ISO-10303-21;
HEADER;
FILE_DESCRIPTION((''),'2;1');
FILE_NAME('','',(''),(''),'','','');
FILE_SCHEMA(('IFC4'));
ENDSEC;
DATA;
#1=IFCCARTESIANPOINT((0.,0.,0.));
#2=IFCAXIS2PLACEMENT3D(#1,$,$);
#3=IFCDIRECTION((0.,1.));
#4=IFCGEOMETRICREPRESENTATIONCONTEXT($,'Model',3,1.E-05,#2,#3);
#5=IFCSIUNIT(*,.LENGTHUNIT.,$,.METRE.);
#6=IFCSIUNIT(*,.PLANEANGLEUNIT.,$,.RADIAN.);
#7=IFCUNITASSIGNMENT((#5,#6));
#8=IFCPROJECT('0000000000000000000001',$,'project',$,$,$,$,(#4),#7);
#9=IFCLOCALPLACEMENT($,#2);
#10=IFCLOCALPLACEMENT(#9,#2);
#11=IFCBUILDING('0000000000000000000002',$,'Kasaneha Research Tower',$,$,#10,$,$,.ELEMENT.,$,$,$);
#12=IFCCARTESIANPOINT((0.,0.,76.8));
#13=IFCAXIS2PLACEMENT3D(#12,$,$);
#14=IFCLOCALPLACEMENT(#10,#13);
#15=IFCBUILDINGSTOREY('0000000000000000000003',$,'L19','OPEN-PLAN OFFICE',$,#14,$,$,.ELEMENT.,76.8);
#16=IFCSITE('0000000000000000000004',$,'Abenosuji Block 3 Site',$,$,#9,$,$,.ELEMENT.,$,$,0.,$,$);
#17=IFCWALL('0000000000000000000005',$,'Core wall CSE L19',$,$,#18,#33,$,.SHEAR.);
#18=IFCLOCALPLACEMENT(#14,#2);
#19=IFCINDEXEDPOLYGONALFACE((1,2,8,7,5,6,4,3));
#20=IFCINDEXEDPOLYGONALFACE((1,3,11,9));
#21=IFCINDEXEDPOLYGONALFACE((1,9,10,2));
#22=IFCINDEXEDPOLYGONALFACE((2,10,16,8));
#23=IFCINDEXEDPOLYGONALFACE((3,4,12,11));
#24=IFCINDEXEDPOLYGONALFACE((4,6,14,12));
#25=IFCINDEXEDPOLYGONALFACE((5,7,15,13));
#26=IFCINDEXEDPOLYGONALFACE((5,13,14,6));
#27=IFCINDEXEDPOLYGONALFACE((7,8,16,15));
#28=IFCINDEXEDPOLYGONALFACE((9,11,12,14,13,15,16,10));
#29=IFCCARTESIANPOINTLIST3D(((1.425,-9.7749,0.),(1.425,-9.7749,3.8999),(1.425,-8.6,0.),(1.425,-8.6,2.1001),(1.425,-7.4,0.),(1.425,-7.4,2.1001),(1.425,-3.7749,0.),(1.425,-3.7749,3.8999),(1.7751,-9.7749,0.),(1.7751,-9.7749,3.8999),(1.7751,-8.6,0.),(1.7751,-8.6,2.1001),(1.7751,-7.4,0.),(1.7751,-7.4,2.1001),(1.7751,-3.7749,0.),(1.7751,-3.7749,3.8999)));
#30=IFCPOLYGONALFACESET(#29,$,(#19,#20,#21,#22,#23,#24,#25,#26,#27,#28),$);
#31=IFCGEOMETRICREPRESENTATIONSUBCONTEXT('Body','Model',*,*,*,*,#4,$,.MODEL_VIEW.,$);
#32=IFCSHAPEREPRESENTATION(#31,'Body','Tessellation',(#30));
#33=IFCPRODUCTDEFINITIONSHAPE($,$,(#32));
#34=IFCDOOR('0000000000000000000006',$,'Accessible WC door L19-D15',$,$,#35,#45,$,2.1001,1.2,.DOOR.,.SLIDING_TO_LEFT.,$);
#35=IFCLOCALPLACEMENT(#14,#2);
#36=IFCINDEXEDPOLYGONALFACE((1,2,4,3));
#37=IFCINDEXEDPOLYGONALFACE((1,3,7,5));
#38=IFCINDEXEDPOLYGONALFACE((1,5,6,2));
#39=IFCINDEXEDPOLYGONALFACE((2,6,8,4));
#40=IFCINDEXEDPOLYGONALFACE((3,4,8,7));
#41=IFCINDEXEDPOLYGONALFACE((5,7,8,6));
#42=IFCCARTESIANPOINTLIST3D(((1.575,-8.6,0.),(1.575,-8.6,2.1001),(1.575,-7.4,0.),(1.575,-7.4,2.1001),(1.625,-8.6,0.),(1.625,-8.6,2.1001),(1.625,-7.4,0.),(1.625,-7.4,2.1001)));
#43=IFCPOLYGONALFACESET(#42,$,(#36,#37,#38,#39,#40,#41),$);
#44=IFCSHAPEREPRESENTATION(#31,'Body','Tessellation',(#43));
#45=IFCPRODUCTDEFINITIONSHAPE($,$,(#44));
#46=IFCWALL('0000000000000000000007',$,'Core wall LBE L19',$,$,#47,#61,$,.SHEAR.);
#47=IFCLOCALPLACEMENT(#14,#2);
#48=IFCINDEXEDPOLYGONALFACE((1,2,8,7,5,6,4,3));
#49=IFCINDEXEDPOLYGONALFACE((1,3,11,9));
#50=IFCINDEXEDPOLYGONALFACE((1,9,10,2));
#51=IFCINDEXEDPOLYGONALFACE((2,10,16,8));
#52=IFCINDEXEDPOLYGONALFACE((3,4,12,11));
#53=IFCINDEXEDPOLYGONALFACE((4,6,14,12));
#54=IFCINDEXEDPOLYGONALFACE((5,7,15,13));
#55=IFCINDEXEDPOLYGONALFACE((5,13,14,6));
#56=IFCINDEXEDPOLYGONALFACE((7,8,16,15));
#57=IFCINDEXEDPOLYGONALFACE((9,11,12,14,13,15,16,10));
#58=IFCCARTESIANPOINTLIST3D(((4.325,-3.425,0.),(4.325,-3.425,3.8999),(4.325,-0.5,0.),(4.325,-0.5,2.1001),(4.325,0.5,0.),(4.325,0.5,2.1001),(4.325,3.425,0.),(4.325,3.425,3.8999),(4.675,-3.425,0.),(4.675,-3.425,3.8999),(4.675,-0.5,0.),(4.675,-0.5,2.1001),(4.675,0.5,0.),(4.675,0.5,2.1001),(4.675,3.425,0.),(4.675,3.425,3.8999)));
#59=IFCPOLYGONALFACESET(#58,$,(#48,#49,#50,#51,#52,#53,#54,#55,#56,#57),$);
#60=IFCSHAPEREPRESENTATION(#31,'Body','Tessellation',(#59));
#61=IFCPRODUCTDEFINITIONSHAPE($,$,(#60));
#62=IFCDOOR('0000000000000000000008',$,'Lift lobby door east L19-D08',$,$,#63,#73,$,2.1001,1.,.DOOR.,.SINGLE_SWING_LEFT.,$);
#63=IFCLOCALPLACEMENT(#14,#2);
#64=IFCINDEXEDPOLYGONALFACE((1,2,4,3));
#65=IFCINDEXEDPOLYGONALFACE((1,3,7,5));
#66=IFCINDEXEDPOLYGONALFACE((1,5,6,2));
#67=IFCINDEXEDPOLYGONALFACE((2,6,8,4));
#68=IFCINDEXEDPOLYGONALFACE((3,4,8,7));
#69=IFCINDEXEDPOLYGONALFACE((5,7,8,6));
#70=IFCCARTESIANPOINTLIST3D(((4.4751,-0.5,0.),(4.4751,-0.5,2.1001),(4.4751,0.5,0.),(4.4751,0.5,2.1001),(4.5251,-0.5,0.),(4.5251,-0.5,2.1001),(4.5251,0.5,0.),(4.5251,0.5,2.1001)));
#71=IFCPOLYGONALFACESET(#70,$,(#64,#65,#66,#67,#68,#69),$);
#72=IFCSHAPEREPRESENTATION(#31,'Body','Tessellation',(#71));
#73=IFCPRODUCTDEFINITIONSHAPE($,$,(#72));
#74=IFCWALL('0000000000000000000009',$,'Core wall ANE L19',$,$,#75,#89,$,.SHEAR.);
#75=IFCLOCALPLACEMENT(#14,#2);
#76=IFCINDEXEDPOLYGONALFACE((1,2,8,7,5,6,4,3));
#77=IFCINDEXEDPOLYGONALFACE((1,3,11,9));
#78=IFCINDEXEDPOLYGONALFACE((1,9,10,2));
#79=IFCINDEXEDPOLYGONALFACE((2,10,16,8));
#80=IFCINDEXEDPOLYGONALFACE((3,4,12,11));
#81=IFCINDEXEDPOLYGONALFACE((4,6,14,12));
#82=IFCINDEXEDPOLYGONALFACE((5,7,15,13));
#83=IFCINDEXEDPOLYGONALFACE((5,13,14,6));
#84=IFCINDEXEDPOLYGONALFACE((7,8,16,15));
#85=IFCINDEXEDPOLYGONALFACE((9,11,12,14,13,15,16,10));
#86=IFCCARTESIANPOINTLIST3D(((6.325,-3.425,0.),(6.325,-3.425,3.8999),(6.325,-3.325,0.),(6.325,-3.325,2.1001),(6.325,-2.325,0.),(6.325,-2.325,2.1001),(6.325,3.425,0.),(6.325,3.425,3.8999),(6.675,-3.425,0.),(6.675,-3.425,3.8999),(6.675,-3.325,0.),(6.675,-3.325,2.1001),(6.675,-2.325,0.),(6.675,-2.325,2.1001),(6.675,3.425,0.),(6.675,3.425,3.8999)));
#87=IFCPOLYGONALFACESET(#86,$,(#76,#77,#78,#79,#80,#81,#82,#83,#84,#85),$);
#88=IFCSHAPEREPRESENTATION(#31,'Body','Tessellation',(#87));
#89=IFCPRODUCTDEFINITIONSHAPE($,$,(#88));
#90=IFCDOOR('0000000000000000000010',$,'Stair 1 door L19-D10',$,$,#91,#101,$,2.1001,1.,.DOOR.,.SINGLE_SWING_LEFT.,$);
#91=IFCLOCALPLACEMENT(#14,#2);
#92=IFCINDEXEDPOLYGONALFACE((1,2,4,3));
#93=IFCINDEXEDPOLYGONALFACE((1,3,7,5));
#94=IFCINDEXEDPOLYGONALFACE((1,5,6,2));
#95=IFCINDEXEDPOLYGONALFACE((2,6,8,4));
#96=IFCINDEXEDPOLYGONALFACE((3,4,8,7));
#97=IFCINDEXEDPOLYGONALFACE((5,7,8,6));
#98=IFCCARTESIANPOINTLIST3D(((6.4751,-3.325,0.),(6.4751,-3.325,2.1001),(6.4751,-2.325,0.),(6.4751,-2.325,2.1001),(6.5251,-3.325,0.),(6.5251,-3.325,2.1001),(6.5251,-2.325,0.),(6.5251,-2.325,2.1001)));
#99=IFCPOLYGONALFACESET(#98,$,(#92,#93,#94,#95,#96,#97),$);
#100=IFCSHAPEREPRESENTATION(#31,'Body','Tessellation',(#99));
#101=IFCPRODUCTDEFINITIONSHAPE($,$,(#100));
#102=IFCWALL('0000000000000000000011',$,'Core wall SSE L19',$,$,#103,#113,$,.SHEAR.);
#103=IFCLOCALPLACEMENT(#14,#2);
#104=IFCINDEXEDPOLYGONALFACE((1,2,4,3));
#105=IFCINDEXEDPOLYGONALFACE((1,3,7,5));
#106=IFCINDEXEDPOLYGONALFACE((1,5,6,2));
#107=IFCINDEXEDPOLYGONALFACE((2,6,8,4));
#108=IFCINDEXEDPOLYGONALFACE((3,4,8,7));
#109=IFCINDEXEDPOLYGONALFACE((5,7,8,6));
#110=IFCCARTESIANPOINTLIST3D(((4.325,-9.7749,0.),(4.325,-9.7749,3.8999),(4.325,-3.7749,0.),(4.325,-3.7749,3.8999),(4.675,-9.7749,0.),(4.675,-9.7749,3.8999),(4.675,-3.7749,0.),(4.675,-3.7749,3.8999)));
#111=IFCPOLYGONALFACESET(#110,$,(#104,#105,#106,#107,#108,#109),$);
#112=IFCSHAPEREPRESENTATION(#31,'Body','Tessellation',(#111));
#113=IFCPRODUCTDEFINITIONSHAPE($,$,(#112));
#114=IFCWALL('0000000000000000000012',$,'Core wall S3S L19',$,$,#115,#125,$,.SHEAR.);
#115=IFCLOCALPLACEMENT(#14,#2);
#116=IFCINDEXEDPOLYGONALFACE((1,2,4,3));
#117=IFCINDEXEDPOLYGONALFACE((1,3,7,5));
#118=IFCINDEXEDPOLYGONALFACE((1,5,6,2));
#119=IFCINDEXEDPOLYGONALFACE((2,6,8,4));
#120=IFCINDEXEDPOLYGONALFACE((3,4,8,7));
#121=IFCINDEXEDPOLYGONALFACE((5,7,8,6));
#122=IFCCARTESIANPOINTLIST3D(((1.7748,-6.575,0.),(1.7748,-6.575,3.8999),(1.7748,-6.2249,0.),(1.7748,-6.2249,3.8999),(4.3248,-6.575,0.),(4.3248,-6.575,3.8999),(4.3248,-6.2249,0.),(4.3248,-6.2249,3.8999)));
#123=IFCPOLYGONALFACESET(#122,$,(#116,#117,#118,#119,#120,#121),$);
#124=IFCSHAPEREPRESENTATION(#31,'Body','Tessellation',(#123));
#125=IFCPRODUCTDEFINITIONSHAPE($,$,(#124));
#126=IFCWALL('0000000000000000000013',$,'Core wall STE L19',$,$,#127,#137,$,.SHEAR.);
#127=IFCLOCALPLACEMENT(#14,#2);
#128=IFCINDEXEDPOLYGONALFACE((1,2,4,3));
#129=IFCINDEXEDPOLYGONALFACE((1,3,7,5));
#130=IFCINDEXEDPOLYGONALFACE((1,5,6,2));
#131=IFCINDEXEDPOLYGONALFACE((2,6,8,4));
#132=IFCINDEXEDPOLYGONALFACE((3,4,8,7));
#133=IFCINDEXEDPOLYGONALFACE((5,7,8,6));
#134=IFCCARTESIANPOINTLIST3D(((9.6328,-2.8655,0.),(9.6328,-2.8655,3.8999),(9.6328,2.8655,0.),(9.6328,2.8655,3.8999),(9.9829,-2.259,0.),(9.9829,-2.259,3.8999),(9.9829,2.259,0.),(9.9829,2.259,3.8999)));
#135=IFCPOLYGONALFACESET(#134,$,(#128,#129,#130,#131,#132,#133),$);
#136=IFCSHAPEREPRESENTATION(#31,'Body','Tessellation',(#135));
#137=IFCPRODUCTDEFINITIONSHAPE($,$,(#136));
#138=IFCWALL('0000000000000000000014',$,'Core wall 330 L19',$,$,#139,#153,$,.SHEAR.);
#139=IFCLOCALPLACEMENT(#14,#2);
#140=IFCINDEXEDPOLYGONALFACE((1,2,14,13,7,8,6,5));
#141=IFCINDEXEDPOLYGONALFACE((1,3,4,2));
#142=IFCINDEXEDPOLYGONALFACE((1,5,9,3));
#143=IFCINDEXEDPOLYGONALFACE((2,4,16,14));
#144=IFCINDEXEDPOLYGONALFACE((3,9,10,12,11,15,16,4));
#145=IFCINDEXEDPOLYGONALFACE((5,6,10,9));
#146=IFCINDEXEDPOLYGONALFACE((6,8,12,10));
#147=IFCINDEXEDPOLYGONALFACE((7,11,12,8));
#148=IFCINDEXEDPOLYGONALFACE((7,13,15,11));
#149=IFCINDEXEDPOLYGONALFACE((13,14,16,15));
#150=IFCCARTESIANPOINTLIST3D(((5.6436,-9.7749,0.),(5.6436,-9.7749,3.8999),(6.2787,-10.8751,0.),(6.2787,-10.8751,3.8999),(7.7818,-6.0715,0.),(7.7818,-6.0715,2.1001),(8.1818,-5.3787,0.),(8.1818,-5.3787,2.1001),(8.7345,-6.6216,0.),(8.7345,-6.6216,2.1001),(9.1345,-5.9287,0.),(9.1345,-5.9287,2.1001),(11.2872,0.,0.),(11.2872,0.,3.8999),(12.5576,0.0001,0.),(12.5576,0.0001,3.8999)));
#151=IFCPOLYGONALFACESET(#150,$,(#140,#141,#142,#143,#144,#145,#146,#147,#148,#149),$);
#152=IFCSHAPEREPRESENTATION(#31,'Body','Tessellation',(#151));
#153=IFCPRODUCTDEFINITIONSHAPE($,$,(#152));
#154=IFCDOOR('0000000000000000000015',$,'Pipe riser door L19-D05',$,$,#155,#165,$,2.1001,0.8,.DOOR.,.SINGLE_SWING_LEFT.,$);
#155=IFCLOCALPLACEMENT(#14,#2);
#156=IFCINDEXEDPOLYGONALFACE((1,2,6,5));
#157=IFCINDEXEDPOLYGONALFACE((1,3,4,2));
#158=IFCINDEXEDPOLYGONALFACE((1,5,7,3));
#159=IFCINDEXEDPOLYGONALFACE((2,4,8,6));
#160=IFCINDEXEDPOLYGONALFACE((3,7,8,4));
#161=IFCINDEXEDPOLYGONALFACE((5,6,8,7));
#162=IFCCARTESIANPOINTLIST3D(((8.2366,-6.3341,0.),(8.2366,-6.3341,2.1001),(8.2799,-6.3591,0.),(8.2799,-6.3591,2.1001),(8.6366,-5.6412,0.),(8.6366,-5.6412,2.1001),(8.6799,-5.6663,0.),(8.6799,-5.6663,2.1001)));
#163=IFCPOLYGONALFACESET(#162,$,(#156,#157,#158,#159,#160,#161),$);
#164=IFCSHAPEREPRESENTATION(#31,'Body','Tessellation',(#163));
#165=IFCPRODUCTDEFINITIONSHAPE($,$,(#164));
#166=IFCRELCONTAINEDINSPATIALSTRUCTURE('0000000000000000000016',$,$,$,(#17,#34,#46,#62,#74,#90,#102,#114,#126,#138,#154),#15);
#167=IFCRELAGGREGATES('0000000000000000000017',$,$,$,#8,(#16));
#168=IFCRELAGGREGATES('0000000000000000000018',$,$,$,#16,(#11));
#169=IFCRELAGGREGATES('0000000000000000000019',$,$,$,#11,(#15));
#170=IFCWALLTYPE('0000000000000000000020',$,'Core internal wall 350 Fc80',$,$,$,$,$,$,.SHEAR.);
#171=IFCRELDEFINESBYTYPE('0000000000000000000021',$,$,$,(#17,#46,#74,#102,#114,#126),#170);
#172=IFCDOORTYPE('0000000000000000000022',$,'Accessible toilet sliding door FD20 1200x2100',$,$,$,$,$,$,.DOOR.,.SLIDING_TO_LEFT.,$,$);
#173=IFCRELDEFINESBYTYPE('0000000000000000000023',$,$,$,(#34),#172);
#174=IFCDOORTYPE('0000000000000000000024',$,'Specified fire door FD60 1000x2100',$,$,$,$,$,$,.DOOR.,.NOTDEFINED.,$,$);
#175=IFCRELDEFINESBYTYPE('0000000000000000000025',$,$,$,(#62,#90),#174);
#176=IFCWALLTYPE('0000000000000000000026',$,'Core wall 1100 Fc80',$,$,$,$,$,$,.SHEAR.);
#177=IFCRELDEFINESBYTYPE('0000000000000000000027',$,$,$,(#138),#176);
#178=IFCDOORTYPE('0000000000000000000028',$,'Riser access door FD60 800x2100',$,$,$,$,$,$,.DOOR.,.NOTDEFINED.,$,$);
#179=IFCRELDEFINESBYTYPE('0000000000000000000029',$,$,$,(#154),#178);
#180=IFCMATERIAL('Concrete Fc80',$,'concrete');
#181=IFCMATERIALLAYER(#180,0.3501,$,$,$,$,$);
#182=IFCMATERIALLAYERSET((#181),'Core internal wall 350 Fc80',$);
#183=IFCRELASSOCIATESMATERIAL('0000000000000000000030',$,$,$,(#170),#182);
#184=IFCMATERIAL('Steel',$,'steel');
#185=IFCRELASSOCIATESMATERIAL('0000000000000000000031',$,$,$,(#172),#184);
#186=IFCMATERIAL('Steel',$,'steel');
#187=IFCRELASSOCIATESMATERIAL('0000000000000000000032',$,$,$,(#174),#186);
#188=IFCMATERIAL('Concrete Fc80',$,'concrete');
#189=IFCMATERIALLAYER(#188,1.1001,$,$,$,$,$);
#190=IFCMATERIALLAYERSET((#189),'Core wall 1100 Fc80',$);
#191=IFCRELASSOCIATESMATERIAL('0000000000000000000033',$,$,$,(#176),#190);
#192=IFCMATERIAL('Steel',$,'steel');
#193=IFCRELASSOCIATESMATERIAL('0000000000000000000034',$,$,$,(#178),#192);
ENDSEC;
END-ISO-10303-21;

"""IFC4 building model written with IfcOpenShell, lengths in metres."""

from ifc_helpers import new_model, si_unit, direction, frame, frame_2d, origin, place, context, subcontext, project, spatial, polyline, rectangle, outline, extrude, material, layer, layer_set, type_object, element, fill, save


model = new_model("IFC4")

# Units and contexts
model_context = context("Model", 3, precision=1e-05, world=origin(), true_north=direction((0.0, 1.0)))
body_context = subcontext(model_context, "Body", "Model", "MODEL_VIEW")
ifc_project = project(units=[si_unit("LENGTHUNIT", "METRE"), si_unit("PLANEANGLEUNIT", "RADIAN")], contexts=[model_context])

# Site, building, storey
site_placement = place(None, origin())
site = spatial("IfcSite", under=ifc_project, at=site_placement, Name="Abenosuji Block 3 Site", CompositionType="ELEMENT", RefElevation=0.0)
building_placement = place(site_placement, origin())
building = spatial("IfcBuilding", under=site, at=building_placement, Name="Kasaneha Research Tower", CompositionType="ELEMENT")
storey_placement = place(building_placement, frame((0.0, 0.0, 76.8)))
storey = spatial("IfcBuildingStorey", under=building, at=storey_placement, Name="L19", Description="OPEN-PLAN OFFICE", CompositionType="ELEMENT", Elevation=76.8)

# Walls, openings, doors
ifc_material_1 = material(Name="Concrete Fc80", Category="concrete")
ifc_layer_1 = layer(ifc_material_1, 0.3501)
ifc_layer_set_1 = layer_set([ifc_layer_1], Name="Core internal wall 350 Fc80")
wall_type_1 = type_object("IfcWallType", Name="Core internal wall 350 Fc80", PredefinedType="SHEAR", material=ifc_layer_set_1)
wall_1_placement = place(storey_placement, frame((1.6001, -3.7749, 0.0), z_axis=(0.0, 0.0, 1.0), x_axis=(0.0, -1.0, 0.0)))
wall_1 = element("IfcWall", 1, at=wall_1_placement, inside=storey, type_object=wall_type_1, Name="Core wall CSE L19", PredefinedType="SHEAR", context=body_context, shape_type="SweptSolid", body=[
    extrude(rectangle(XDim=6.0, YDim=0.3501, at=frame_2d((3.0, 0.0))), origin(), (0.0, 0.0, 1.0), 3.8999),
])
opening_1_placement = place(wall_1_placement, frame((3.625, 0.0, 0.0)))
opening_1 = element("IfcOpeningElement", 2, at=opening_1_placement, cuts=wall_1, PredefinedType="OPENING", context=body_context, shape_type="SweptSolid", body=[
    extrude(rectangle(XDim=1.2, YDim=2.1001, at=frame_2d((0.6001, 1.05))), frame((0.0, 0.1851, 0.0), z_axis=(0.0, -1.0, 0.0), x_axis=(1.0, 0.0, 0.0)), (0.0, 0.0, 1.0), 0.3701),
])
ifc_material_2 = material(Name="Steel", Category="steel")
door_type_1 = type_object("IfcDoorType", Name="Accessible toilet sliding door FD20 1200x2100", OperationType="SLIDING_TO_LEFT", PredefinedType="DOOR", material=ifc_material_2)
door_1_placement = place(opening_1_placement, origin())
door_1 = element("IfcDoor", 3, at=door_1_placement, inside=storey, type_object=door_type_1, Name="Accessible WC door L19-D15", OperationType="SLIDING_TO_LEFT", OverallHeight=2.1001, OverallWidth=1.2, PredefinedType="DOOR", context=body_context, shape_type="SweptSolid", body=[
    extrude(rectangle(XDim=1.2, YDim=2.1001, at=frame_2d((0.6001, 1.05))), frame((0.0, 0.0249, 0.0), z_axis=(0.0, -1.0, 0.0), x_axis=(1.0, 0.0, 0.0)), (0.0, 0.0, 1.0), 0.05),
])
fill(opening_1, door_1)
wall_2_placement = place(storey_placement, frame((4.5, -3.425, 0.0), z_axis=(0.0, 0.0, 1.0), x_axis=(0.0, 1.0, 0.0)))
wall_2 = element("IfcWall", 4, at=wall_2_placement, inside=storey, type_object=wall_type_1, Name="Core wall LBE L19", PredefinedType="SHEAR", context=body_context, shape_type="SweptSolid", body=[
    extrude(rectangle(XDim=6.8501, YDim=0.3501, at=frame_2d((3.425, 0.0))), origin(), (0.0, 0.0, 1.0), 3.8999),
])
opening_2_placement = place(wall_2_placement, frame((2.925, 0.0, 0.0)))
opening_2 = element("IfcOpeningElement", 5, at=opening_2_placement, cuts=wall_2, PredefinedType="OPENING", context=body_context, shape_type="SweptSolid", body=[
    extrude(rectangle(XDim=1.0, YDim=2.1001, at=frame_2d((0.5, 1.05))), frame((0.0, 0.1851, 0.0), z_axis=(0.0, -1.0, 0.0), x_axis=(1.0, 0.0, 0.0)), (0.0, 0.0, 1.0), 0.3701),
])
ifc_material_3 = material(Name="Steel", Category="steel")
door_type_2 = type_object("IfcDoorType", Name="Specified fire door FD60 1000x2100", OperationType="NOTDEFINED", PredefinedType="DOOR", material=ifc_material_3)
door_2_placement = place(opening_2_placement, origin())
door_2 = element("IfcDoor", 6, at=door_2_placement, inside=storey, type_object=door_type_2, Name="Lift lobby door east L19-D08", OperationType="SINGLE_SWING_LEFT", OverallHeight=2.1001, OverallWidth=1.0, PredefinedType="DOOR", context=body_context, shape_type="SweptSolid", body=[
    extrude(rectangle(XDim=1.0, YDim=2.1001, at=frame_2d((0.5, 1.05))), frame((0.0, 0.0249, 0.0), z_axis=(0.0, -1.0, 0.0), x_axis=(1.0, 0.0, 0.0)), (0.0, 0.0, 1.0), 0.05),
])
fill(opening_2, door_2)
wall_3_placement = place(storey_placement, frame((6.5, -3.425, 0.0), z_axis=(0.0, 0.0, 1.0), x_axis=(0.0, 1.0, 0.0)))
wall_3 = element("IfcWall", 7, at=wall_3_placement, inside=storey, type_object=wall_type_1, Name="Core wall ANE L19", PredefinedType="SHEAR", context=body_context, shape_type="SweptSolid", body=[
    extrude(rectangle(XDim=6.8501, YDim=0.3501, at=frame_2d((3.425, 0.0))), origin(), (0.0, 0.0, 1.0), 3.8999),
])
opening_3_placement = place(wall_3_placement, frame((0.1001, 0.0, 0.0)))
opening_3 = element("IfcOpeningElement", 8, at=opening_3_placement, cuts=wall_3, PredefinedType="OPENING", context=body_context, shape_type="SweptSolid", body=[
    extrude(rectangle(XDim=1.0, YDim=2.1001, at=frame_2d((0.5, 1.05))), frame((0.0, 0.1851, 0.0), z_axis=(0.0, -1.0, 0.0), x_axis=(1.0, 0.0, 0.0)), (0.0, 0.0, 1.0), 0.3701),
])
door_3_placement = place(opening_3_placement, origin())
door_3 = element("IfcDoor", 9, at=door_3_placement, inside=storey, type_object=door_type_2, Name="Stair 1 door L19-D10", OperationType="SINGLE_SWING_LEFT", OverallHeight=2.1001, OverallWidth=1.0, PredefinedType="DOOR", context=body_context, shape_type="SweptSolid", body=[
    extrude(rectangle(XDim=1.0, YDim=2.1001, at=frame_2d((0.5, 1.05))), frame((0.0, 0.0249, 0.0), z_axis=(0.0, -1.0, 0.0), x_axis=(1.0, 0.0, 0.0)), (0.0, 0.0, 1.0), 0.05),
])
fill(opening_3, door_3)

# Walls
wall_4_placement = place(storey_placement, frame((4.5, -3.7749, 0.0), z_axis=(0.0, 0.0, 1.0), x_axis=(0.0, -1.0, 0.0)))
element("IfcWall", 10, at=wall_4_placement, inside=storey, type_object=wall_type_1, Name="Core wall SSE L19", PredefinedType="SHEAR", context=body_context, shape_type="SweptSolid", body=[
    extrude(rectangle(XDim=6.0, YDim=0.3501, at=frame_2d((3.0, 0.0))), origin(), (0.0, 0.0, 1.0), 3.8999),
])
wall_5_placement = place(storey_placement, frame((1.7749, -6.3999, 0.0), z_axis=(0.0, 0.0, 1.0), x_axis=(1.0, 0.0, 0.0)))
element("IfcWall", 11, at=wall_5_placement, inside=storey, type_object=wall_type_1, Name="Core wall S3S L19", PredefinedType="SHEAR", context=body_context, shape_type="SweptSolid", body=[
    extrude(rectangle(XDim=2.55, YDim=0.3501, at=frame_2d((1.2749, 0.0))), origin(), (0.0, 0.0, 1.0), 3.8999),
])
wall_6_placement = place(storey_placement, frame((9.8079, -2.5623, 0.0), z_axis=(0.0, 0.0, 1.0), x_axis=(0.0, 1.0, 0.0)))
element("IfcWall", 12, at=wall_6_placement, inside=storey, type_object=wall_type_1, Name="Core wall STE L19", PredefinedType="SHEAR", context=body_context, shape_type="SweptSolid", body=[
    extrude(outline(polyline([(0.3032, -0.175), (4.8213, -0.175), (5.4277, 0.175), (-0.3032, 0.175), (0.3032, -0.175)])), origin(), (0.0, 0.0, 1.0), 3.8999),
])

# Wall, opening, door
ifc_material_4 = material(Name="Concrete Fc80", Category="concrete")
ifc_layer_2 = layer(ifc_material_4, 1.1001)
ifc_layer_set_2 = layer_set([ifc_layer_2], Name="Core wall 1100 Fc80")
wall_type_2 = type_object("IfcWallType", Name="Core wall 1100 Fc80", PredefinedType="SHEAR", material=ifc_layer_set_2)
wall_7_placement = place(storey_placement, frame((5.9612, -10.325, 0.0), z_axis=(0.0, 0.0, 1.0), x_axis=(0.500004, 0.866023, 0.0)))
wall_7 = element("IfcWall", 13, at=wall_7_placement, inside=storey, type_object=wall_type_2, Name="Core wall 330 L19", PredefinedType="SHEAR", context=body_context, shape_type="SweptSolid", body=[
    extrude(outline(polyline([(-0.3176, -0.55), (4.594, -0.55), (5.394, -0.55), (12.24, -0.55), (11.6047, 0.55), (5.394, 0.55), (4.594, 0.55), (0.3176, 0.55), (-0.3176, -0.55)])), origin(), (0.0, 0.0, 1.0), 3.8999),
])
opening_4_placement = place(wall_7_placement, frame((4.594, 0.0, 0.0)))
opening_4 = element("IfcOpeningElement", 14, at=opening_4_placement, cuts=wall_7, PredefinedType="OPENING", context=body_context, shape_type="SweptSolid", body=[
    extrude(rectangle(XDim=0.8, YDim=2.1001, at=frame_2d((0.3999, 1.05))), frame((0.0, 0.5601, 0.0), z_axis=(0.0, -1.0, 0.0), x_axis=(1.0, 0.0, 0.0)), (0.0, 0.0, 1.0), 1.1201),
])
ifc_material_5 = material(Name="Steel", Category="steel")
door_type_3 = type_object("IfcDoorType", Name="Riser access door FD60 800x2100", OperationType="NOTDEFINED", PredefinedType="DOOR", material=ifc_material_5)
door_4_placement = place(opening_4_placement, origin())
door_4 = element("IfcDoor", 15, at=door_4_placement, inside=storey, type_object=door_type_3, Name="Pipe riser door L19-D05", OperationType="SINGLE_SWING_LEFT", OverallHeight=2.1001, OverallWidth=0.8, PredefinedType="DOOR", context=body_context, shape_type="SweptSolid", body=[
    extrude(rectangle(XDim=0.8, YDim=2.1001, at=frame_2d((0.3999, 1.05))), frame((0.0, 0.0249, 0.0), z_axis=(0.0, -1.0, 0.0), x_axis=(1.0, 0.0, 0.0)), (0.0, 0.0, 1.0), 0.05),
])
fill(opening_4, door_4)

save(model, "model.ifc")
